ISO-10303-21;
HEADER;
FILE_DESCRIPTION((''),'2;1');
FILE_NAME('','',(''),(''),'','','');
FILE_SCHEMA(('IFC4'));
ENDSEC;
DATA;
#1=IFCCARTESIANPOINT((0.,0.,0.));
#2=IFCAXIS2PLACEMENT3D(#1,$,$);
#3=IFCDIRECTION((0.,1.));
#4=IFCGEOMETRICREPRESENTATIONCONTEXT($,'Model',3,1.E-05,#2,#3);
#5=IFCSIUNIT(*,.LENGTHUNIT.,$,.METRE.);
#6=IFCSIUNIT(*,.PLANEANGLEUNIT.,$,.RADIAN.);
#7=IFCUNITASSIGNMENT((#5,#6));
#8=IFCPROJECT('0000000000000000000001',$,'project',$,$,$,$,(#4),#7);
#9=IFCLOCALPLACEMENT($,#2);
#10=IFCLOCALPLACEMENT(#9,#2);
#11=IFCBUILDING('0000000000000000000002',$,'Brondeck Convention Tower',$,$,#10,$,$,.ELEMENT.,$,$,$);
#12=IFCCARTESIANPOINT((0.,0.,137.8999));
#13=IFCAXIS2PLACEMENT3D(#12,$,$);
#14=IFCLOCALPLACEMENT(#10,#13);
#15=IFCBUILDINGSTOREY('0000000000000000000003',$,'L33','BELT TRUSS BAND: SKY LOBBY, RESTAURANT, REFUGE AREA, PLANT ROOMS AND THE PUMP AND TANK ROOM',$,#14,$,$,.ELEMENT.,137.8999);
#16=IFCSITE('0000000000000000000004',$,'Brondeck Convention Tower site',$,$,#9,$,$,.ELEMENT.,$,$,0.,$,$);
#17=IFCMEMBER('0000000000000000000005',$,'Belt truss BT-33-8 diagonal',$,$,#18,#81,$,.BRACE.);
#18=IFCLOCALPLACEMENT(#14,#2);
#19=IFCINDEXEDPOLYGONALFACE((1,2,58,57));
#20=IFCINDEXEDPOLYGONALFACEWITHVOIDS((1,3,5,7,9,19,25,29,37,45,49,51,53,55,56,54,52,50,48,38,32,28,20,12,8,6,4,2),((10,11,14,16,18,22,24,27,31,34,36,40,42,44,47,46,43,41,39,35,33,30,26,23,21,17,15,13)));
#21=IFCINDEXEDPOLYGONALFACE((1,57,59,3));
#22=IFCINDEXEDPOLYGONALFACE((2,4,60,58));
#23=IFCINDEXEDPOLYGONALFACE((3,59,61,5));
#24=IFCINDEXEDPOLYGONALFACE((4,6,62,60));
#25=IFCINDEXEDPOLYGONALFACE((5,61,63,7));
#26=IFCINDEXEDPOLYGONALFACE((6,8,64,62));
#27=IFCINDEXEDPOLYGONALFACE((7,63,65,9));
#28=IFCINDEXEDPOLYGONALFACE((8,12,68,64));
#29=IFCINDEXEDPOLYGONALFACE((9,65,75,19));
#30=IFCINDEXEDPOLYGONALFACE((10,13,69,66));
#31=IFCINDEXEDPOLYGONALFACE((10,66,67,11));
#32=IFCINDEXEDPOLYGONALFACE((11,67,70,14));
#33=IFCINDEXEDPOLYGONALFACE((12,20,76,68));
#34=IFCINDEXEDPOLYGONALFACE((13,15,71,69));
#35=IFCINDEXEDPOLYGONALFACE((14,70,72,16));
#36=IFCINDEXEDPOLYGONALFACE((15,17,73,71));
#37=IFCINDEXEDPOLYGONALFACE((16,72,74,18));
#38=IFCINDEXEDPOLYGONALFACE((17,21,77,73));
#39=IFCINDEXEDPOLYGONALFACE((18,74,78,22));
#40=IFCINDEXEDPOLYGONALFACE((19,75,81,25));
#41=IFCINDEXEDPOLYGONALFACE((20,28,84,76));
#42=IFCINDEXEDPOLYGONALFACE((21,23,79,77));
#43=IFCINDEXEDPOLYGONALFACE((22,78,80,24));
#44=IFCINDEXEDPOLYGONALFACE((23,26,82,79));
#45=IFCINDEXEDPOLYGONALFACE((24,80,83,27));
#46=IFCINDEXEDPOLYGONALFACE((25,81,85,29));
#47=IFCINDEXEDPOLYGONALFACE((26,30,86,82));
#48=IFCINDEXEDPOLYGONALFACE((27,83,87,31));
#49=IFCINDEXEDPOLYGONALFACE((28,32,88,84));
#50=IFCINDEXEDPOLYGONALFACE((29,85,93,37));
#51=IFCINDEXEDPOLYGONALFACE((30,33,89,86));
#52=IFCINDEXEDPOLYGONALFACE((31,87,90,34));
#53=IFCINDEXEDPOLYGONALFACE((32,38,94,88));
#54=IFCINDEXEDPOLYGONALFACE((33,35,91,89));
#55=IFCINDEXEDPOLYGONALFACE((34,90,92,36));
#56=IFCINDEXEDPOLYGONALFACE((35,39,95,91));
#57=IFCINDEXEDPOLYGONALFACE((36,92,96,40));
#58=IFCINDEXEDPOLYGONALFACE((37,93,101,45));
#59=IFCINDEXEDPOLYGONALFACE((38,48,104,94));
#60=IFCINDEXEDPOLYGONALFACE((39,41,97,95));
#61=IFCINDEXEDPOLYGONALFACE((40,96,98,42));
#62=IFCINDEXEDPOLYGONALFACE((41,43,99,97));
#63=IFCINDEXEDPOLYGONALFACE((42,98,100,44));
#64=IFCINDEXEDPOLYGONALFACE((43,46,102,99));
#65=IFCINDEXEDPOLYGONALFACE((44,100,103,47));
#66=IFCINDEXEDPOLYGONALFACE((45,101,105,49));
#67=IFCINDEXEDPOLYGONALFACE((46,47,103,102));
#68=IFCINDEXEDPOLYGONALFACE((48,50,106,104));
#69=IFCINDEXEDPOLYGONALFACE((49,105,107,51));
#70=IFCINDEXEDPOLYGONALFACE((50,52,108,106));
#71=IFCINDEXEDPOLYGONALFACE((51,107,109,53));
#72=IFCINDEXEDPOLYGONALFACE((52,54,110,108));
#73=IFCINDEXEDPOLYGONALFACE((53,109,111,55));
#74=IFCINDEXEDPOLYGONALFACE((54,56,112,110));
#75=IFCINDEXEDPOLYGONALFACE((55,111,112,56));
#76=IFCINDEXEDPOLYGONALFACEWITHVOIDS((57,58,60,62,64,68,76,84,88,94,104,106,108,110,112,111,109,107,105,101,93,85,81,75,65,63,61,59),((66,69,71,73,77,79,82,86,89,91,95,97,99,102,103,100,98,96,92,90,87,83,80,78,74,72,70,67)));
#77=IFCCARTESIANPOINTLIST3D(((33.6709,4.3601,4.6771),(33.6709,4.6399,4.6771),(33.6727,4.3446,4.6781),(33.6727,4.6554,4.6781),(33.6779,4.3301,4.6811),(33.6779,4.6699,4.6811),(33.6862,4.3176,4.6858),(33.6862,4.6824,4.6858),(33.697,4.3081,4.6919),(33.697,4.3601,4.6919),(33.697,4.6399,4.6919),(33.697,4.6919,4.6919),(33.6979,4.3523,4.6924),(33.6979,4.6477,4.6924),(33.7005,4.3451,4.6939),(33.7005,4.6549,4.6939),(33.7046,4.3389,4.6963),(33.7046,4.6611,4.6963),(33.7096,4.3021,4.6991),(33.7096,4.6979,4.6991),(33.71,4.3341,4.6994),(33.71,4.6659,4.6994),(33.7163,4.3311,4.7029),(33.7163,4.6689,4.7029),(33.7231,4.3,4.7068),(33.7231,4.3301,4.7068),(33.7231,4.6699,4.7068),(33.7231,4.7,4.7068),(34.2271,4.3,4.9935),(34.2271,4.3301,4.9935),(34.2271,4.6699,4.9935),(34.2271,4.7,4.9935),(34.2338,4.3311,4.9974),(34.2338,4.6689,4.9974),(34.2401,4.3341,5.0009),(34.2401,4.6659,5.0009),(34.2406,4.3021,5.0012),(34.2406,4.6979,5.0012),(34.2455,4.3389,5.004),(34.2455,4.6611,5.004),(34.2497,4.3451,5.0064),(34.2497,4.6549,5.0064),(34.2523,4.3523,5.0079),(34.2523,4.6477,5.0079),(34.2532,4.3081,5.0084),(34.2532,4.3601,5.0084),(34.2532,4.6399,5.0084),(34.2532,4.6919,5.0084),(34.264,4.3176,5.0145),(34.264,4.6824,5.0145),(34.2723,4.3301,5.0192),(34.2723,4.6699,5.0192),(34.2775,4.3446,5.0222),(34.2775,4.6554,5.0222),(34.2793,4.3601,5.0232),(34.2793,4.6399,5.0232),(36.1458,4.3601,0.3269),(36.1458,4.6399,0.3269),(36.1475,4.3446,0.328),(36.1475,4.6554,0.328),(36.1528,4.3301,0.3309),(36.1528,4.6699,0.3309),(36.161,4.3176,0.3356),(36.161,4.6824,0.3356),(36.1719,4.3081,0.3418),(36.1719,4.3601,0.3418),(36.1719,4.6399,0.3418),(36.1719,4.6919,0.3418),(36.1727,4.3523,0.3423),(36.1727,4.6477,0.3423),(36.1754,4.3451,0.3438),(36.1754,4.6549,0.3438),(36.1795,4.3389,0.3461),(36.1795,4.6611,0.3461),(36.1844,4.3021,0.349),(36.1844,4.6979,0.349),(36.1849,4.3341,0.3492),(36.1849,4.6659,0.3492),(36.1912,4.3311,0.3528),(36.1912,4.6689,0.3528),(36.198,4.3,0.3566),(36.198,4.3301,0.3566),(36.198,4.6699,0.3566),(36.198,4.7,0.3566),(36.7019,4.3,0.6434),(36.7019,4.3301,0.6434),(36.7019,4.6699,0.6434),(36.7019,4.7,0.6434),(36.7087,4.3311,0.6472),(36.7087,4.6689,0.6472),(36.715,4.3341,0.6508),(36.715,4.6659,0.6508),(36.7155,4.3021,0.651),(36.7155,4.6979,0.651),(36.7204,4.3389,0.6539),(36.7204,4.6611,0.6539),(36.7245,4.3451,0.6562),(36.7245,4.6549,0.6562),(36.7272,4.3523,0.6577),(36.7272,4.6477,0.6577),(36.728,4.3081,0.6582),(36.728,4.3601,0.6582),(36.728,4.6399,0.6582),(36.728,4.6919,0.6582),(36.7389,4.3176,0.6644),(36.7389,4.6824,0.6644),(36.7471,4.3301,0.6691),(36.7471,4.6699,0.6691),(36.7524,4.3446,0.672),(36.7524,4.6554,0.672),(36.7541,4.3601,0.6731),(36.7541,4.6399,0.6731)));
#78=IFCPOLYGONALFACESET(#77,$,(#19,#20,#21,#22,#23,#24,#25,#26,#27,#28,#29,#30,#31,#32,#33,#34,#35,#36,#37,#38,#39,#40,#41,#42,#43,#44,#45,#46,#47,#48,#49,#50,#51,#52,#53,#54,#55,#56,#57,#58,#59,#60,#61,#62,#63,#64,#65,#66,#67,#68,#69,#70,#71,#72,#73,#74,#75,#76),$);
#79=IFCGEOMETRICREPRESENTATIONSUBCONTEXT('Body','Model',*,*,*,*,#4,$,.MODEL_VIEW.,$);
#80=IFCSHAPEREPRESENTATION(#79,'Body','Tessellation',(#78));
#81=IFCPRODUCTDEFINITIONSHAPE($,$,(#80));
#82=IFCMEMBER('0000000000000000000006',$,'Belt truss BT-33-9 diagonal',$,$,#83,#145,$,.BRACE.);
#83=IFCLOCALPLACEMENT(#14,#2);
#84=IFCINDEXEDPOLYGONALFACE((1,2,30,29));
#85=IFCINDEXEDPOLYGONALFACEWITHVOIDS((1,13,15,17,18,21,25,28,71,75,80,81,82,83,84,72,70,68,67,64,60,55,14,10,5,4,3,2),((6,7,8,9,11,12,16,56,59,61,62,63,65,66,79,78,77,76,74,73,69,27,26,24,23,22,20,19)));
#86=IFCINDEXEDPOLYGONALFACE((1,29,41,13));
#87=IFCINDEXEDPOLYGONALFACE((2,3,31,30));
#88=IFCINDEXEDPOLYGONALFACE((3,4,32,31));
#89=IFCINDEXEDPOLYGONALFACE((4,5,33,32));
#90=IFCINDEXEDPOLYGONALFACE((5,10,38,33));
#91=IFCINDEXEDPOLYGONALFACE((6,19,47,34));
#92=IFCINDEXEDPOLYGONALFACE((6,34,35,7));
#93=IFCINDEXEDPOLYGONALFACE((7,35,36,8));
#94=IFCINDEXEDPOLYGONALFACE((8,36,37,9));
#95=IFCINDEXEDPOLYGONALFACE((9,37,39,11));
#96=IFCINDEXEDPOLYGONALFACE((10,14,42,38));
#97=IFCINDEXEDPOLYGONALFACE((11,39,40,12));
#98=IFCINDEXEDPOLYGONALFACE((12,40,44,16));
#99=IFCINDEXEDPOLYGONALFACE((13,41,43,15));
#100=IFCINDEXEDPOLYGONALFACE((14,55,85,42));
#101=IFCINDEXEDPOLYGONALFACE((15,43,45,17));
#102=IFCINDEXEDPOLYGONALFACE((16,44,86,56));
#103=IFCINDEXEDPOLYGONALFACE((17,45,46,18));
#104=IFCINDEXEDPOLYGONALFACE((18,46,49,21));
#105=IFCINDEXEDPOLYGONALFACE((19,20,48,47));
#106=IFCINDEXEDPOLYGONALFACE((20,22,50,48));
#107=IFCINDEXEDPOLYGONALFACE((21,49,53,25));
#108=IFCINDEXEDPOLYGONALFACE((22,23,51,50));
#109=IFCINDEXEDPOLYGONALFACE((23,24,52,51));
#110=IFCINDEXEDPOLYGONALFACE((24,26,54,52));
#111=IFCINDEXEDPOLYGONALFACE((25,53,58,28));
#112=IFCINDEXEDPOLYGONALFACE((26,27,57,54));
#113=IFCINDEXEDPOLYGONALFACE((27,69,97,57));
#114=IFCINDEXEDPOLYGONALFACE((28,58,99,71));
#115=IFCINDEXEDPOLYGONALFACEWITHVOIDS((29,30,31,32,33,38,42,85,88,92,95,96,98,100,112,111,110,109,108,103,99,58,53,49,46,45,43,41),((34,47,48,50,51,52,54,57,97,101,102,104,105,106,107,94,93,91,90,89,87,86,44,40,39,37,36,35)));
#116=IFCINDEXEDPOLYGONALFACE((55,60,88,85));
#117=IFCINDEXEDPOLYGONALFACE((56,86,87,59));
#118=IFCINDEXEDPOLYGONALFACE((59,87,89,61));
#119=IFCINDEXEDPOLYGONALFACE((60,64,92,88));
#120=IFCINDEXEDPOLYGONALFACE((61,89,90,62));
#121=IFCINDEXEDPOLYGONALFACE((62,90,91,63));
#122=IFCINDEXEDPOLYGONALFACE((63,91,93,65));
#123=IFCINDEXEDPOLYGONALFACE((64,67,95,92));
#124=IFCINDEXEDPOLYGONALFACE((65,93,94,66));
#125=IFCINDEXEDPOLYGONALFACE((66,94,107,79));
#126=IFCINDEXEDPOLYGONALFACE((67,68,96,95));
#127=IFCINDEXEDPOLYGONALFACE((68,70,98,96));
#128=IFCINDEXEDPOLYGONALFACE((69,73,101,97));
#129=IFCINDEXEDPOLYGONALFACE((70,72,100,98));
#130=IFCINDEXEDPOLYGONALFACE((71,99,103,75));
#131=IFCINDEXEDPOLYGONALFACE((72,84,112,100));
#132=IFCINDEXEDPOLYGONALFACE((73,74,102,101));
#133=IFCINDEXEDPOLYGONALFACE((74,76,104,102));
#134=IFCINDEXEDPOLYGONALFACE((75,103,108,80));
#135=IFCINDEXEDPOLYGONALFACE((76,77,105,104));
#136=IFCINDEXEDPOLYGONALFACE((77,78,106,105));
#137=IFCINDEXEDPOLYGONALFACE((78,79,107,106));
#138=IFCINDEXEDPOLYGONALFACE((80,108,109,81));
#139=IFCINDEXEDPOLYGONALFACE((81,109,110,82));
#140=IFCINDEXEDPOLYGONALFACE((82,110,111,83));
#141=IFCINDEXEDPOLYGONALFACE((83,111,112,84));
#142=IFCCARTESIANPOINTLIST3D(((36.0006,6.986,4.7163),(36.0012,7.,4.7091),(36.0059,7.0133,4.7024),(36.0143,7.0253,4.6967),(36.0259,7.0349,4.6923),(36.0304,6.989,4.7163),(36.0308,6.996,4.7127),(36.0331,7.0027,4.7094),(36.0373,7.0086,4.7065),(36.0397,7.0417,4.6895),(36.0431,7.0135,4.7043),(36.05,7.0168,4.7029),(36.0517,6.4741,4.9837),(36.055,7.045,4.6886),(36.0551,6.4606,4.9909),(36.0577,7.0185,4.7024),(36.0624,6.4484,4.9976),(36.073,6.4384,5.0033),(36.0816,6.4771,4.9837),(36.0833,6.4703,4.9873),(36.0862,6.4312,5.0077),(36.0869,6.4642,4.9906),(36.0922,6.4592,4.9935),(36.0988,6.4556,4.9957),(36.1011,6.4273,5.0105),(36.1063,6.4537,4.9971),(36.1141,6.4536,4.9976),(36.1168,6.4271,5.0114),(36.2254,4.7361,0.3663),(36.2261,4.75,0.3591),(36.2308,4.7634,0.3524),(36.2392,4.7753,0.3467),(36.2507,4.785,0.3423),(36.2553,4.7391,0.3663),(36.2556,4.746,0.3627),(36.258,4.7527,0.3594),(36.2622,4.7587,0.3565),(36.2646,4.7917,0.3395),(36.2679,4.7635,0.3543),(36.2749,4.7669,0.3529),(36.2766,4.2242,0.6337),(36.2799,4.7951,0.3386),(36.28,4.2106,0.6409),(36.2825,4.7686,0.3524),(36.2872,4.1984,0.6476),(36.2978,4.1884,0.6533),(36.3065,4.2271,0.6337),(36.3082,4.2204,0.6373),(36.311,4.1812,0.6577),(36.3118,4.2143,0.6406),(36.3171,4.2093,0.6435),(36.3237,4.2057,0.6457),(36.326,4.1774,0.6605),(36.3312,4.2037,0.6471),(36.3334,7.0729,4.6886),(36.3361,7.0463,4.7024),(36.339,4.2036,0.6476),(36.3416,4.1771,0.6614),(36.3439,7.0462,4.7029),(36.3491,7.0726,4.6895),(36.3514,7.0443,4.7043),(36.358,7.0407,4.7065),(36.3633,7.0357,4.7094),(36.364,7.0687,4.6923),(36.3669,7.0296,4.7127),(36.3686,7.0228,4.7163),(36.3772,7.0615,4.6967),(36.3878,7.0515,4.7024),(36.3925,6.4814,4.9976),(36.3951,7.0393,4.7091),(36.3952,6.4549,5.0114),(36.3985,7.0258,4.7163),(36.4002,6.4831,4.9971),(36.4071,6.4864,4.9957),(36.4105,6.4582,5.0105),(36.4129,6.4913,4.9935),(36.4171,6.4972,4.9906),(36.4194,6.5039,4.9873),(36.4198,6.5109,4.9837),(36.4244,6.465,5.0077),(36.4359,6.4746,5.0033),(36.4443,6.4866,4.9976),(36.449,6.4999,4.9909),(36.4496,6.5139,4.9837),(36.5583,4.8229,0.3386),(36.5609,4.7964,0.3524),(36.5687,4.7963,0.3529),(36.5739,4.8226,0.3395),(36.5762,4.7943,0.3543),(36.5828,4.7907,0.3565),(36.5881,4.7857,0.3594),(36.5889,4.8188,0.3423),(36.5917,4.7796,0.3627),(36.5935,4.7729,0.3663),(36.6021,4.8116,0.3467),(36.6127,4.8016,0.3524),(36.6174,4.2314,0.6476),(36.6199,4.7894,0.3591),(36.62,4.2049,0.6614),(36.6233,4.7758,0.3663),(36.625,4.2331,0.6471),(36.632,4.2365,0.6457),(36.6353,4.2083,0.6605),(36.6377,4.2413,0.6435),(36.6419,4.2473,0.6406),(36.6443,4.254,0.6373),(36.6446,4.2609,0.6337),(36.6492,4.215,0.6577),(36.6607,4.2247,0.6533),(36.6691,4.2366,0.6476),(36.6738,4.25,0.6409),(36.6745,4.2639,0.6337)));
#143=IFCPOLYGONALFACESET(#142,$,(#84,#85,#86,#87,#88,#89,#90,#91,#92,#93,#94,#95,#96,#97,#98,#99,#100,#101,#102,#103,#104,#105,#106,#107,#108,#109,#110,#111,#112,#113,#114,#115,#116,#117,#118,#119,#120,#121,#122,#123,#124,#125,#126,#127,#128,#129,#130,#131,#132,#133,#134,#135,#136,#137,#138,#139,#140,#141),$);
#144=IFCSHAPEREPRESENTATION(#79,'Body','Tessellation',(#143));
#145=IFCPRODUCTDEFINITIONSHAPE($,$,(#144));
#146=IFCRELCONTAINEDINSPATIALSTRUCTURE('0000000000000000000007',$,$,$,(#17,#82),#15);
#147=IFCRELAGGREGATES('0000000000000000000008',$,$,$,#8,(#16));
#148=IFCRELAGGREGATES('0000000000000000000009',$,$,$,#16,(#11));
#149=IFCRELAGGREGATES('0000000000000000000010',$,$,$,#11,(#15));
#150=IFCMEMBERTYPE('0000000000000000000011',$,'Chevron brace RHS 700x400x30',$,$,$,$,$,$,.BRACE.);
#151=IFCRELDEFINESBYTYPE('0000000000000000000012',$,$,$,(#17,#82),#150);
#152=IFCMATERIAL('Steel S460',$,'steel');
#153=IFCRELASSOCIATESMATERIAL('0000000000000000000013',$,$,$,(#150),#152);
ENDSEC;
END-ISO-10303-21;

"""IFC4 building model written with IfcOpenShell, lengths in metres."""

from ifc_helpers import new_model, si_unit, direction, frame, origin, origin_2d, place, context, subcontext, project, spatial, hollow_rectangle, extrude, material, material_profile, profile_set, type_object, element, save


model = new_model("IFC4")

# Units and contexts
model_context = context("Model", 3, precision=1e-05, world=origin(), true_north=direction((0.0, 1.0)))
body_context = subcontext(model_context, "Body", "Model", "MODEL_VIEW")
ifc_project = project(units=[si_unit("LENGTHUNIT", "METRE"), si_unit("PLANEANGLEUNIT", "RADIAN")], contexts=[model_context])

# Site, building, storey
site_placement = place(None, origin())
site = spatial("IfcSite", under=ifc_project, at=site_placement, Name="Brondeck Convention Tower site", CompositionType="ELEMENT", RefElevation=0.0)
building_placement = place(site_placement, origin())
building = spatial("IfcBuilding", under=site, at=building_placement, Name="Brondeck Convention Tower", CompositionType="ELEMENT")
storey_placement = place(building_placement, frame((0.0, 0.0, 137.8999)))
storey = spatial("IfcBuildingStorey", under=building, at=storey_placement, Name="L33", Description="BELT TRUSS BAND: SKY LOBBY, RESTAURANT, REFUGE AREA, PLANT ROOMS AND THE PUMP AND TANK ROOM", CompositionType="ELEMENT", Elevation=137.8999)

# Members
ifc_material_1 = material(Name="Steel S460", Category="steel")
ifc_material_profile_1 = material_profile(ifc_material_1, hollow_rectangle(XDim=0.3999, YDim=0.7, WallThickness=0.03, InnerFilletRadius=0.03, OuterFilletRadius=0.0601, at=origin_2d()), Name="RHS 700x400x30")
ifc_profile_set_1 = profile_set([ifc_material_profile_1], Name="Steel S460")
member_type_1 = type_object("IfcMemberType", Name="Chevron brace RHS 700x400x30", PredefinedType="BRACE", material=ifc_profile_set_1)
member_1_placement = place(storey_placement, frame((36.45, 4.5, 0.5), z_axis=(-0.494494, 0.0, 0.869181), x_axis=(0.0, -1.0, 0.0)))
element("IfcMember", 1, at=member_1_placement, inside=storey, type_object=member_type_1, Name="Belt truss BT-33-8 diagonal", PredefinedType="BRACE", context=body_context, shape_type="SweptSolid", body=[
    extrude(hollow_rectangle(XDim=0.3999, YDim=0.7, WallThickness=0.03, InnerFilletRadius=0.03, OuterFilletRadius=0.0601, at=origin_2d()), origin(), (0.0, 0.0, 1.0), 5.0049),
])
for number, where, z_axis, x_axis, name in (
    (2, (36.45, 4.5, 0.5), (-0.045863, 0.458931, 0.887287), (-0.995044, -0.09944, 0.0), "Belt truss BT-33-9 diagonal"),
):
    element("IfcMember", number, at=place(storey_placement, frame(where, z_axis=z_axis, x_axis=x_axis)), inside=storey, type_object=member_type_1, Name=name, PredefinedType="BRACE", context=body_context, shape_type="SweptSolid", body=[
        extrude(hollow_rectangle(XDim=0.3999, YDim=0.7, WallThickness=0.03, InnerFilletRadius=0.03, OuterFilletRadius=0.0601, at=origin_2d()), origin(), (0.0, 0.0, 1.0), 4.9026),
    ])

save(model, "model.ifc")
